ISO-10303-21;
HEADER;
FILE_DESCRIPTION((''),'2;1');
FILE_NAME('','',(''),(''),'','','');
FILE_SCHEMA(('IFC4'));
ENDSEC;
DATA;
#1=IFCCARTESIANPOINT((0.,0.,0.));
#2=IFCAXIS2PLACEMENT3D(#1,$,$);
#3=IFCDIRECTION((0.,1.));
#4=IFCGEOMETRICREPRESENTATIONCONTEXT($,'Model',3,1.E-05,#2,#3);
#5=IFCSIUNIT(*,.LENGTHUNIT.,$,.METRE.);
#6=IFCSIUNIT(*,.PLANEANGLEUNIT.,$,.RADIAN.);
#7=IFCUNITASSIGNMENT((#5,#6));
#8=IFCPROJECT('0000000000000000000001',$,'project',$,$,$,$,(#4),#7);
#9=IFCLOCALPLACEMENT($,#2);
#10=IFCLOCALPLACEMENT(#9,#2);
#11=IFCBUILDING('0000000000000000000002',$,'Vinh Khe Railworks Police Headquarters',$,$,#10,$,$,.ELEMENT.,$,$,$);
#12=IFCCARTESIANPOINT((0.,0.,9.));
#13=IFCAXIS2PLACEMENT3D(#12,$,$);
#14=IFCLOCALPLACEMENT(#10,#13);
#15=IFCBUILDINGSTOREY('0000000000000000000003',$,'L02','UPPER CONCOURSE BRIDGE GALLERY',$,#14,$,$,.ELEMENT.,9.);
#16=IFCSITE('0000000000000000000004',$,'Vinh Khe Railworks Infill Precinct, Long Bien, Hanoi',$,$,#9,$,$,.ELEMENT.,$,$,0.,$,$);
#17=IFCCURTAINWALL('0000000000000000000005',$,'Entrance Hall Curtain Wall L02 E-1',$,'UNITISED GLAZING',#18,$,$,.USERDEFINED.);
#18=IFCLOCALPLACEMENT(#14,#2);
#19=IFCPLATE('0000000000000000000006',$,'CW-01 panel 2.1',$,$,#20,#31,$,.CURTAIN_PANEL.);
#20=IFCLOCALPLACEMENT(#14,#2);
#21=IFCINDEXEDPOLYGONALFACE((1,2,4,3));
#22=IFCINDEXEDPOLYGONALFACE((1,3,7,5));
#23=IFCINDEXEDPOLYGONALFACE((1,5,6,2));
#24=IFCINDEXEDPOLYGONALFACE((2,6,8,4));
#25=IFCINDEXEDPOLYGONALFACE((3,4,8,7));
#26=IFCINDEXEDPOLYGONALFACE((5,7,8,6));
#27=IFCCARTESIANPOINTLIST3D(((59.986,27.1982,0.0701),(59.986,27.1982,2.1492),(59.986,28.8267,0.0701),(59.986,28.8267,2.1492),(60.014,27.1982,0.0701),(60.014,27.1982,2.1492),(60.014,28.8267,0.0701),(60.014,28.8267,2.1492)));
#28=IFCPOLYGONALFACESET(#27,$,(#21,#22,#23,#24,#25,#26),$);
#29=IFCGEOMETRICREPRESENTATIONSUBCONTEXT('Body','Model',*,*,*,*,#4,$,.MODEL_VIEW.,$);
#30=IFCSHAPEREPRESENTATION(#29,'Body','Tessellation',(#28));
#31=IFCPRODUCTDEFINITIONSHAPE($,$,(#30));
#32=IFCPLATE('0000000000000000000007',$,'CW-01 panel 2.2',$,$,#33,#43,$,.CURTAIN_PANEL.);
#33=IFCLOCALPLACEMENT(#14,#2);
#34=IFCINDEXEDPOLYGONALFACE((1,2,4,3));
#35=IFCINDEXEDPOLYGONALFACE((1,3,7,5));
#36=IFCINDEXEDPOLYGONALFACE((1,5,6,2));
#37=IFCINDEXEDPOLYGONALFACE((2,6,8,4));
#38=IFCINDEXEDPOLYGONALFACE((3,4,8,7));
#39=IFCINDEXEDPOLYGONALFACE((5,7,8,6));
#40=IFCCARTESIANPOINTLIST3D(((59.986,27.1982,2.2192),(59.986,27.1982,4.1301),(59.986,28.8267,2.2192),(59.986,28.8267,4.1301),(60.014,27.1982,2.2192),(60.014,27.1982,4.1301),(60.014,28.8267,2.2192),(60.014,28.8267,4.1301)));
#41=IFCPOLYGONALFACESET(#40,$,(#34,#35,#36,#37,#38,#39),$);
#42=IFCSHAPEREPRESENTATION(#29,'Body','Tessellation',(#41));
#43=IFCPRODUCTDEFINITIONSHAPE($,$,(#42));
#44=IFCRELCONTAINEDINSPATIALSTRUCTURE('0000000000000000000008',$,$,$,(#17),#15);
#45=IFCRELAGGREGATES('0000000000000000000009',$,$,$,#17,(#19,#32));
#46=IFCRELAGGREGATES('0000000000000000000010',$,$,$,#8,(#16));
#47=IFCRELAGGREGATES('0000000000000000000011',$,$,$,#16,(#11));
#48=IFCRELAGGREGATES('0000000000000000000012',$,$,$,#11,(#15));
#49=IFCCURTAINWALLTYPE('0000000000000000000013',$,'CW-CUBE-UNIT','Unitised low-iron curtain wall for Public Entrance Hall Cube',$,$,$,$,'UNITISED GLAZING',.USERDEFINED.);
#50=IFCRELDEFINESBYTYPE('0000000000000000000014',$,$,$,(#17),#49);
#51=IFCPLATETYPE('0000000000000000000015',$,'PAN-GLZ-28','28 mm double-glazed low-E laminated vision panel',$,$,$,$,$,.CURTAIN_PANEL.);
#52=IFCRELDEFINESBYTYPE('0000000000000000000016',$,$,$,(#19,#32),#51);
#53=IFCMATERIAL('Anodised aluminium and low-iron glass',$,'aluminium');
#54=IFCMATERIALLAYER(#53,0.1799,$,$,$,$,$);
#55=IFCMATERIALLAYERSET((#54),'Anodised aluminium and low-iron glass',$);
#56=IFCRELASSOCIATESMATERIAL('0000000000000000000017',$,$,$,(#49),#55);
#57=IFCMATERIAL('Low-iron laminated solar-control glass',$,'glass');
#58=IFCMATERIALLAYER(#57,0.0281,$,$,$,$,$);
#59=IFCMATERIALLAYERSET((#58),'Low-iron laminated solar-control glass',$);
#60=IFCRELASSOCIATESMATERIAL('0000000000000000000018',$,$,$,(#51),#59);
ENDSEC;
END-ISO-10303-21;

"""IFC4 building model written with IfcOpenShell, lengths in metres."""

from ifc_helpers import new_model, si_unit, direction, frame, origin, origin_2d, place, context, subcontext, project, spatial, rectangle, extrude, material, layer, layer_set, type_object, element, aggregate, save


model = new_model("IFC4")

# Units and contexts
model_context = context("Model", 3, precision=1e-05, world=origin(), true_north=direction((0.0, 1.0)))
body_context = subcontext(model_context, "Body", "Model", "MODEL_VIEW")
ifc_project = project(units=[si_unit("LENGTHUNIT", "METRE"), si_unit("PLANEANGLEUNIT", "RADIAN")], contexts=[model_context])

# Site, building, storey
site_placement = place(None, origin())
site = spatial("IfcSite", under=ifc_project, at=site_placement, Name="Vinh Khe Railworks Infill Precinct, Long Bien, Hanoi", CompositionType="ELEMENT", RefElevation=0.0)
building_placement = place(site_placement, origin())
building = spatial("IfcBuilding", under=site, at=building_placement, Name="Vinh Khe Railworks Police Headquarters", CompositionType="ELEMENT")
storey_placement = place(building_placement, frame((0.0, 0.0, 9.0)))
storey = spatial("IfcBuildingStorey", under=building, at=storey_placement, Name="L02", Description="UPPER CONCOURSE BRIDGE GALLERY", CompositionType="ELEMENT", Elevation=9.0)

# Curtain wall
ifc_material_1 = material(Name="Anodised aluminium and low-iron glass", Category="aluminium")
ifc_layer_1 = layer(ifc_material_1, 0.1799)
ifc_layer_set_1 = layer_set([ifc_layer_1], Name="Anodised aluminium and low-iron glass")
curtain_wall_type = type_object("IfcCurtainWallType", Name="CW-CUBE-UNIT", Description="Unitised low-iron curtain wall for Public Entrance Hall Cube", ElementType="UNITISED GLAZING", PredefinedType="USERDEFINED", material=ifc_layer_set_1)
curtain_wall_1_placement = place(storey_placement, origin())
curtain_wall_1 = element("IfcCurtainWall", 1, at=curtain_wall_1_placement, inside=storey, type_object=curtain_wall_type, Name="Entrance Hall Curtain Wall L02 E-1", ObjectType="UNITISED GLAZING", PredefinedType="USERDEFINED")

# Plates
ifc_material_2 = material(Name="Low-iron laminated solar-control glass", Category="glass")
ifc_layer_2 = layer(ifc_material_2, 0.0281)
ifc_layer_set_2 = layer_set([ifc_layer_2], Name="Low-iron laminated solar-control glass")
plate_type = type_object("IfcPlateType", Name="PAN-GLZ-28", Description="28 mm double-glazed low-E laminated vision panel", PredefinedType="CURTAIN_PANEL", material=ifc_layer_set_2)
plate_1_placement = place(storey_placement, frame((60.0, 28.0125, 0.0701), z_axis=(0.0, 0.0, 1.0), x_axis=(0.0, 1.0, 0.0)))
plate_1 = element("IfcPlate", 2, at=plate_1_placement, type_object=plate_type, Name="CW-01 panel 2.1", PredefinedType="CURTAIN_PANEL", context=body_context, shape_type="SweptSolid", body=[
    extrude(rectangle(XDim=1.6284, YDim=0.0281, at=origin_2d()), origin(), (0.0, 0.0, 1.0), 2.0791),
])
plate_2_placement = place(storey_placement, frame((60.0, 28.0125, 2.2192), z_axis=(0.0, 0.0, 1.0), x_axis=(0.0, 1.0, 0.0)))
plate_2 = element("IfcPlate", 3, at=plate_2_placement, type_object=plate_type, Name="CW-01 panel 2.2", PredefinedType="CURTAIN_PANEL", context=body_context, shape_type="SweptSolid", body=[
    extrude(rectangle(XDim=1.6284, YDim=0.0281, at=origin_2d()), origin(), (0.0, 0.0, 1.0), 1.9109),
])
aggregate(curtain_wall_1, [plate_1, plate_2])

save(model, "model.ifc")
